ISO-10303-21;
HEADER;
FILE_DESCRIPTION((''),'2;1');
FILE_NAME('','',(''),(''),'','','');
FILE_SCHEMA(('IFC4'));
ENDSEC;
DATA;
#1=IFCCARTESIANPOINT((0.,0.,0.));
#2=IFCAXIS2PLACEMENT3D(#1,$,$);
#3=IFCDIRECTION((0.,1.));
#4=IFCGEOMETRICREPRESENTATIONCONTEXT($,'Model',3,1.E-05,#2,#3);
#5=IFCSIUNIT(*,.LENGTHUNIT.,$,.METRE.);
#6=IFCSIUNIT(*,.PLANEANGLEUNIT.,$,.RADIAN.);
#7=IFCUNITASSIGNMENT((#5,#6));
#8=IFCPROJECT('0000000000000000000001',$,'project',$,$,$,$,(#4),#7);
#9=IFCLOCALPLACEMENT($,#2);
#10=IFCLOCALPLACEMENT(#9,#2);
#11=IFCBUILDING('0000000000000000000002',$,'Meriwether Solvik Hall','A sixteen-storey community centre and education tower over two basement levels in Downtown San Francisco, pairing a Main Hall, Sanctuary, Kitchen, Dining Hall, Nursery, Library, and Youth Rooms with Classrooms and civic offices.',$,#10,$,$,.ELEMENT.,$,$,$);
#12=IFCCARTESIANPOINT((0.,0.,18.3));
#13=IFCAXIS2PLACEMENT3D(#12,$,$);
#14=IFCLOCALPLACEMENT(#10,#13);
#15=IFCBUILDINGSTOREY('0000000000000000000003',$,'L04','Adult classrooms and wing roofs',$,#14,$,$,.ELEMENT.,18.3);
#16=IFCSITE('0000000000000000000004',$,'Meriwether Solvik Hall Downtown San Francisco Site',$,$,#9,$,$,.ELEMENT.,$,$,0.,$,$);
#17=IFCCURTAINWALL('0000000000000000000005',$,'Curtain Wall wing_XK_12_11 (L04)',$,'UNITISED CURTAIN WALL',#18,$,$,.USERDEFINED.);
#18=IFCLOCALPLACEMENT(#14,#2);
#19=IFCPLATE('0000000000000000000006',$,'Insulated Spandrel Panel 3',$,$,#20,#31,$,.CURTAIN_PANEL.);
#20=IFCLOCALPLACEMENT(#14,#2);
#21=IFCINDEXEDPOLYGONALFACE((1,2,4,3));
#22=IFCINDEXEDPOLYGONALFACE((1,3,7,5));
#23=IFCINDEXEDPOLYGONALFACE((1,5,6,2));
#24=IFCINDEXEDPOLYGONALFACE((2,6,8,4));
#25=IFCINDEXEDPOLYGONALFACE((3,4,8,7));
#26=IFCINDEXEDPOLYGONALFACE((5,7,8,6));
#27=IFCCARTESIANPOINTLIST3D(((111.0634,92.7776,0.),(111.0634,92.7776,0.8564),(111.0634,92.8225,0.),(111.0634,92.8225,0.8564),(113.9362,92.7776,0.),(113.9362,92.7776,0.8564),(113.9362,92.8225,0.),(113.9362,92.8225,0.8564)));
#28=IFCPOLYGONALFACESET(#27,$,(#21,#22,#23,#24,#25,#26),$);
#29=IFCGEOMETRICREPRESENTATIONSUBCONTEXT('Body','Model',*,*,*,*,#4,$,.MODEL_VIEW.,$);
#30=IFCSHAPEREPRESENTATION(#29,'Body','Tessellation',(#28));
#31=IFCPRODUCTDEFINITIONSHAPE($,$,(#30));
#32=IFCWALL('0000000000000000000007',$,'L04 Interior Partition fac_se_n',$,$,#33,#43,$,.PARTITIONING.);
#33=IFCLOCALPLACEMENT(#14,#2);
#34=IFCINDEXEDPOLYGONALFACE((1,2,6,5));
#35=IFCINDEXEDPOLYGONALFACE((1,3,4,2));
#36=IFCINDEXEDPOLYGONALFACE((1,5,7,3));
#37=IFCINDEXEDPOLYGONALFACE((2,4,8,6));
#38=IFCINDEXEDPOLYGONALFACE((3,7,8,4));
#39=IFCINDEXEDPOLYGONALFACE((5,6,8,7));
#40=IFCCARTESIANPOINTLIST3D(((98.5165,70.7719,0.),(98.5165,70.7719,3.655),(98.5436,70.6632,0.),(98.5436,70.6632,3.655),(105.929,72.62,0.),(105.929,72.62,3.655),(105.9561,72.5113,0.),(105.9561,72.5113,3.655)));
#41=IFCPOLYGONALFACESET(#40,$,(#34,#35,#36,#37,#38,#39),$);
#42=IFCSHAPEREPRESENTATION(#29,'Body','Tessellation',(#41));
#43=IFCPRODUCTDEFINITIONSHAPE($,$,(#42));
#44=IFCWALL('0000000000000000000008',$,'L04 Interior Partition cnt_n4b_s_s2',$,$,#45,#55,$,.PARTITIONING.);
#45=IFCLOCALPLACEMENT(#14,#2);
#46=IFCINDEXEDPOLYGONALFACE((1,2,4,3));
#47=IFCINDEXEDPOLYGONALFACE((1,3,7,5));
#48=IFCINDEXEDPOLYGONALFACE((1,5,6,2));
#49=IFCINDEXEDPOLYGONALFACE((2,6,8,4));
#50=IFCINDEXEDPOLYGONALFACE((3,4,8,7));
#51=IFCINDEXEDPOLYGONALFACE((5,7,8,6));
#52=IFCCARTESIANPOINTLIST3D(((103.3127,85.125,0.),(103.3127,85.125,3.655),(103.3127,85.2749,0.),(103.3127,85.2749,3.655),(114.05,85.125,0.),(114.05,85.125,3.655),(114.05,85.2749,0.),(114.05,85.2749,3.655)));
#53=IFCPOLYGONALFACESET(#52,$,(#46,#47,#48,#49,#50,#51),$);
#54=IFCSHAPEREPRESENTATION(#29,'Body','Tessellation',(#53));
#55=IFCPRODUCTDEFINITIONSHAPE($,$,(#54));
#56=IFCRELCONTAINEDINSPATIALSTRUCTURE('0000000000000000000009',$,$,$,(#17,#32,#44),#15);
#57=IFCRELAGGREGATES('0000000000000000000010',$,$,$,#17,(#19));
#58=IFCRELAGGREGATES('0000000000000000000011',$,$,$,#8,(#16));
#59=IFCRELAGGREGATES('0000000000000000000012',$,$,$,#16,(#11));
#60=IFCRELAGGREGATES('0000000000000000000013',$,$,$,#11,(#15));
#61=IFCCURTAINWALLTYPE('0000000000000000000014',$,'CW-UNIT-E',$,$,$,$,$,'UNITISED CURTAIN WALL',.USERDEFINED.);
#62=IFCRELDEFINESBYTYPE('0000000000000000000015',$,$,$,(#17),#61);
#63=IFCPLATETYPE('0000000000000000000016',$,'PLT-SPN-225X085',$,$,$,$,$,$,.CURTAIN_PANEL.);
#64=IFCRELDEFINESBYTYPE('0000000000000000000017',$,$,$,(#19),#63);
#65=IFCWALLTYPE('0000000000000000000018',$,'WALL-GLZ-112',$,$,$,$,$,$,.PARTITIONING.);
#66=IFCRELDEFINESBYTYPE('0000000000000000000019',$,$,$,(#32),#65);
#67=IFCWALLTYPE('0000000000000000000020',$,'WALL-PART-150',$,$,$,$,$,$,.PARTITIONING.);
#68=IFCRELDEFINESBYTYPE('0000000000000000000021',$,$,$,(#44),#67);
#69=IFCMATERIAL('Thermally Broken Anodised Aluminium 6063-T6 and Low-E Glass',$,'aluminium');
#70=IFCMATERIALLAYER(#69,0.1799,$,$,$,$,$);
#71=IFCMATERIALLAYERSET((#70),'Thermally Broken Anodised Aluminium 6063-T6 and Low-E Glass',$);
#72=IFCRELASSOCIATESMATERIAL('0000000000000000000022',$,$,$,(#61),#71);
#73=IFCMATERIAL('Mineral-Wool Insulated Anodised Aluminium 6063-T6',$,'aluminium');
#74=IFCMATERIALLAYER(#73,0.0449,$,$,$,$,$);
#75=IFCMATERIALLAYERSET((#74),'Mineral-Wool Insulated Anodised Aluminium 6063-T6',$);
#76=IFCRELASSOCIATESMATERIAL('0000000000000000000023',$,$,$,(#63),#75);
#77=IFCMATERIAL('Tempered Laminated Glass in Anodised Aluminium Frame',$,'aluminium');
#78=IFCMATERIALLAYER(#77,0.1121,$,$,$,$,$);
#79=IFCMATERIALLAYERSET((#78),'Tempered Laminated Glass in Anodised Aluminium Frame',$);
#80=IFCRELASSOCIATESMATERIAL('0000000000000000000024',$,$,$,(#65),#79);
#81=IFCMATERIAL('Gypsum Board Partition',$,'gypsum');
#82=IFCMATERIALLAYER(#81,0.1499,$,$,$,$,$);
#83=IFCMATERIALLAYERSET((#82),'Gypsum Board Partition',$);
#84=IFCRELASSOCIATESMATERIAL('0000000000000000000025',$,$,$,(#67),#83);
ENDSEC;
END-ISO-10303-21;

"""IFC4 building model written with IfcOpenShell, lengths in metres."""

from ifc_helpers import new_model, si_unit, direction, frame, frame_2d, origin, origin_2d, place, context, subcontext, project, spatial, rectangle, extrude, material, layer, layer_set, type_object, element, aggregate, save


model = new_model("IFC4")

# Units and contexts
model_context = context("Model", 3, precision=1e-05, world=origin(), true_north=direction((0.0, 1.0)))
body_context = subcontext(model_context, "Body", "Model", "MODEL_VIEW")
ifc_project = project(units=[si_unit("LENGTHUNIT", "METRE"), si_unit("PLANEANGLEUNIT", "RADIAN")], contexts=[model_context])

# Site, building, storey
site_placement = place(None, origin())
site = spatial("IfcSite", under=ifc_project, at=site_placement, Name="Meriwether Solvik Hall Downtown San Francisco Site", CompositionType="ELEMENT", RefElevation=0.0)
building_placement = place(site_placement, origin())
building = spatial("IfcBuilding", under=site, at=building_placement, Name="Meriwether Solvik Hall", Description="A sixteen-storey community centre and education tower over two basement levels in Downtown San Francisco, pairing a Main Hall, Sanctuary, Kitchen, Dining Hall, Nursery, Library, and Youth Rooms with Classrooms and civic offices.", CompositionType="ELEMENT")
storey_placement = place(building_placement, frame((0.0, 0.0, 18.3)))
storey = spatial("IfcBuildingStorey", under=building, at=storey_placement, Name="L04", Description="Adult classrooms and wing roofs", CompositionType="ELEMENT", Elevation=18.3)

# Curtain wall, plate
ifc_material_1 = material(Name="Thermally Broken Anodised Aluminium 6063-T6 and Low-E Glass", Category="aluminium")
ifc_layer_1 = layer(ifc_material_1, 0.1799)
ifc_layer_set_1 = layer_set([ifc_layer_1], Name="Thermally Broken Anodised Aluminium 6063-T6 and Low-E Glass")
curtain_wall_type = type_object("IfcCurtainWallType", Name="CW-UNIT-E", ElementType="UNITISED CURTAIN WALL", PredefinedType="USERDEFINED", material=ifc_layer_set_1)
curtain_wall_placement = place(storey_placement, origin())
curtain_wall = element("IfcCurtainWall", 1, at=curtain_wall_placement, inside=storey, type_object=curtain_wall_type, Name="Curtain Wall wing_XK_12_11 (L04)", ObjectType="UNITISED CURTAIN WALL", PredefinedType="USERDEFINED")
ifc_material_2 = material(Name="Mineral-Wool Insulated Anodised Aluminium 6063-T6", Category="aluminium")
ifc_layer_2 = layer(ifc_material_2, 0.0449)
ifc_layer_set_2 = layer_set([ifc_layer_2], Name="Mineral-Wool Insulated Anodised Aluminium 6063-T6")
plate_type_1 = type_object("IfcPlateType", Name="PLT-SPN-225X085", PredefinedType="CURTAIN_PANEL", material=ifc_layer_set_2)
plate_1_placement = place(storey_placement, frame((112.4998, 92.8, 0.0), z_axis=(0.0, 0.0, 1.0), x_axis=(1.0, 0.0, 0.0)))
plate_1 = element("IfcPlate", 2, at=plate_1_placement, type_object=plate_type_1, Name="Insulated Spandrel Panel 3", PredefinedType="CURTAIN_PANEL", context=body_context, shape_type="SweptSolid", body=[
    extrude(rectangle(XDim=2.8728, YDim=0.0449, at=origin_2d()), origin(), (0.0, 0.0, 1.0), 0.8564),
])
aggregate(curtain_wall, [plate_1])

# Walls
ifc_material_3 = material(Name="Tempered Laminated Glass in Anodised Aluminium Frame", Category="aluminium")
ifc_layer_3 = layer(ifc_material_3, 0.1121)
ifc_layer_set_3 = layer_set([ifc_layer_3], Name="Tempered Laminated Glass in Anodised Aluminium Frame")
wall_type_1 = type_object("IfcWallType", Name="WALL-GLZ-112", PredefinedType="PARTITIONING", material=ifc_layer_set_3)
wall_1_placement = place(storey_placement, frame((105.9426, 72.5657, 0.0), z_axis=(0.0, 0.0, 1.0), x_axis=(-0.970296, -0.241919, 0.0)))
element("IfcWall", 3, at=wall_1_placement, inside=storey, type_object=wall_type_1, Name="L04 Interior Partition fac_se_n", PredefinedType="PARTITIONING", context=body_context, shape_type="SweptSolid", body=[
    extrude(rectangle(XDim=7.6394, YDim=0.1121, at=frame_2d((3.8198, 0.0))), origin(), (0.0, 0.0, 1.0), 3.655),
])
ifc_material_4 = material(Name="Gypsum Board Partition", Category="gypsum")
ifc_layer_4 = layer(ifc_material_4, 0.1499)
ifc_layer_set_4 = layer_set([ifc_layer_4], Name="Gypsum Board Partition")
wall_type_2 = type_object("IfcWallType", Name="WALL-PART-150", PredefinedType="PARTITIONING", material=ifc_layer_set_4)
wall_2_placement = place(storey_placement, frame((103.3127, 85.2, 0.0), z_axis=(0.0, 0.0, 1.0), x_axis=(1.0, 0.0, 0.0)))
element("IfcWall", 4, at=wall_2_placement, inside=storey, type_object=wall_type_2, Name="L04 Interior Partition cnt_n4b_s_s2", PredefinedType="PARTITIONING", context=body_context, shape_type="SweptSolid", body=[
    extrude(rectangle(XDim=10.7373, YDim=0.1499, at=frame_2d((5.3687, 0.0))), origin(), (0.0, 0.0, 1.0), 3.655),
])

save(model, "model.ifc")
